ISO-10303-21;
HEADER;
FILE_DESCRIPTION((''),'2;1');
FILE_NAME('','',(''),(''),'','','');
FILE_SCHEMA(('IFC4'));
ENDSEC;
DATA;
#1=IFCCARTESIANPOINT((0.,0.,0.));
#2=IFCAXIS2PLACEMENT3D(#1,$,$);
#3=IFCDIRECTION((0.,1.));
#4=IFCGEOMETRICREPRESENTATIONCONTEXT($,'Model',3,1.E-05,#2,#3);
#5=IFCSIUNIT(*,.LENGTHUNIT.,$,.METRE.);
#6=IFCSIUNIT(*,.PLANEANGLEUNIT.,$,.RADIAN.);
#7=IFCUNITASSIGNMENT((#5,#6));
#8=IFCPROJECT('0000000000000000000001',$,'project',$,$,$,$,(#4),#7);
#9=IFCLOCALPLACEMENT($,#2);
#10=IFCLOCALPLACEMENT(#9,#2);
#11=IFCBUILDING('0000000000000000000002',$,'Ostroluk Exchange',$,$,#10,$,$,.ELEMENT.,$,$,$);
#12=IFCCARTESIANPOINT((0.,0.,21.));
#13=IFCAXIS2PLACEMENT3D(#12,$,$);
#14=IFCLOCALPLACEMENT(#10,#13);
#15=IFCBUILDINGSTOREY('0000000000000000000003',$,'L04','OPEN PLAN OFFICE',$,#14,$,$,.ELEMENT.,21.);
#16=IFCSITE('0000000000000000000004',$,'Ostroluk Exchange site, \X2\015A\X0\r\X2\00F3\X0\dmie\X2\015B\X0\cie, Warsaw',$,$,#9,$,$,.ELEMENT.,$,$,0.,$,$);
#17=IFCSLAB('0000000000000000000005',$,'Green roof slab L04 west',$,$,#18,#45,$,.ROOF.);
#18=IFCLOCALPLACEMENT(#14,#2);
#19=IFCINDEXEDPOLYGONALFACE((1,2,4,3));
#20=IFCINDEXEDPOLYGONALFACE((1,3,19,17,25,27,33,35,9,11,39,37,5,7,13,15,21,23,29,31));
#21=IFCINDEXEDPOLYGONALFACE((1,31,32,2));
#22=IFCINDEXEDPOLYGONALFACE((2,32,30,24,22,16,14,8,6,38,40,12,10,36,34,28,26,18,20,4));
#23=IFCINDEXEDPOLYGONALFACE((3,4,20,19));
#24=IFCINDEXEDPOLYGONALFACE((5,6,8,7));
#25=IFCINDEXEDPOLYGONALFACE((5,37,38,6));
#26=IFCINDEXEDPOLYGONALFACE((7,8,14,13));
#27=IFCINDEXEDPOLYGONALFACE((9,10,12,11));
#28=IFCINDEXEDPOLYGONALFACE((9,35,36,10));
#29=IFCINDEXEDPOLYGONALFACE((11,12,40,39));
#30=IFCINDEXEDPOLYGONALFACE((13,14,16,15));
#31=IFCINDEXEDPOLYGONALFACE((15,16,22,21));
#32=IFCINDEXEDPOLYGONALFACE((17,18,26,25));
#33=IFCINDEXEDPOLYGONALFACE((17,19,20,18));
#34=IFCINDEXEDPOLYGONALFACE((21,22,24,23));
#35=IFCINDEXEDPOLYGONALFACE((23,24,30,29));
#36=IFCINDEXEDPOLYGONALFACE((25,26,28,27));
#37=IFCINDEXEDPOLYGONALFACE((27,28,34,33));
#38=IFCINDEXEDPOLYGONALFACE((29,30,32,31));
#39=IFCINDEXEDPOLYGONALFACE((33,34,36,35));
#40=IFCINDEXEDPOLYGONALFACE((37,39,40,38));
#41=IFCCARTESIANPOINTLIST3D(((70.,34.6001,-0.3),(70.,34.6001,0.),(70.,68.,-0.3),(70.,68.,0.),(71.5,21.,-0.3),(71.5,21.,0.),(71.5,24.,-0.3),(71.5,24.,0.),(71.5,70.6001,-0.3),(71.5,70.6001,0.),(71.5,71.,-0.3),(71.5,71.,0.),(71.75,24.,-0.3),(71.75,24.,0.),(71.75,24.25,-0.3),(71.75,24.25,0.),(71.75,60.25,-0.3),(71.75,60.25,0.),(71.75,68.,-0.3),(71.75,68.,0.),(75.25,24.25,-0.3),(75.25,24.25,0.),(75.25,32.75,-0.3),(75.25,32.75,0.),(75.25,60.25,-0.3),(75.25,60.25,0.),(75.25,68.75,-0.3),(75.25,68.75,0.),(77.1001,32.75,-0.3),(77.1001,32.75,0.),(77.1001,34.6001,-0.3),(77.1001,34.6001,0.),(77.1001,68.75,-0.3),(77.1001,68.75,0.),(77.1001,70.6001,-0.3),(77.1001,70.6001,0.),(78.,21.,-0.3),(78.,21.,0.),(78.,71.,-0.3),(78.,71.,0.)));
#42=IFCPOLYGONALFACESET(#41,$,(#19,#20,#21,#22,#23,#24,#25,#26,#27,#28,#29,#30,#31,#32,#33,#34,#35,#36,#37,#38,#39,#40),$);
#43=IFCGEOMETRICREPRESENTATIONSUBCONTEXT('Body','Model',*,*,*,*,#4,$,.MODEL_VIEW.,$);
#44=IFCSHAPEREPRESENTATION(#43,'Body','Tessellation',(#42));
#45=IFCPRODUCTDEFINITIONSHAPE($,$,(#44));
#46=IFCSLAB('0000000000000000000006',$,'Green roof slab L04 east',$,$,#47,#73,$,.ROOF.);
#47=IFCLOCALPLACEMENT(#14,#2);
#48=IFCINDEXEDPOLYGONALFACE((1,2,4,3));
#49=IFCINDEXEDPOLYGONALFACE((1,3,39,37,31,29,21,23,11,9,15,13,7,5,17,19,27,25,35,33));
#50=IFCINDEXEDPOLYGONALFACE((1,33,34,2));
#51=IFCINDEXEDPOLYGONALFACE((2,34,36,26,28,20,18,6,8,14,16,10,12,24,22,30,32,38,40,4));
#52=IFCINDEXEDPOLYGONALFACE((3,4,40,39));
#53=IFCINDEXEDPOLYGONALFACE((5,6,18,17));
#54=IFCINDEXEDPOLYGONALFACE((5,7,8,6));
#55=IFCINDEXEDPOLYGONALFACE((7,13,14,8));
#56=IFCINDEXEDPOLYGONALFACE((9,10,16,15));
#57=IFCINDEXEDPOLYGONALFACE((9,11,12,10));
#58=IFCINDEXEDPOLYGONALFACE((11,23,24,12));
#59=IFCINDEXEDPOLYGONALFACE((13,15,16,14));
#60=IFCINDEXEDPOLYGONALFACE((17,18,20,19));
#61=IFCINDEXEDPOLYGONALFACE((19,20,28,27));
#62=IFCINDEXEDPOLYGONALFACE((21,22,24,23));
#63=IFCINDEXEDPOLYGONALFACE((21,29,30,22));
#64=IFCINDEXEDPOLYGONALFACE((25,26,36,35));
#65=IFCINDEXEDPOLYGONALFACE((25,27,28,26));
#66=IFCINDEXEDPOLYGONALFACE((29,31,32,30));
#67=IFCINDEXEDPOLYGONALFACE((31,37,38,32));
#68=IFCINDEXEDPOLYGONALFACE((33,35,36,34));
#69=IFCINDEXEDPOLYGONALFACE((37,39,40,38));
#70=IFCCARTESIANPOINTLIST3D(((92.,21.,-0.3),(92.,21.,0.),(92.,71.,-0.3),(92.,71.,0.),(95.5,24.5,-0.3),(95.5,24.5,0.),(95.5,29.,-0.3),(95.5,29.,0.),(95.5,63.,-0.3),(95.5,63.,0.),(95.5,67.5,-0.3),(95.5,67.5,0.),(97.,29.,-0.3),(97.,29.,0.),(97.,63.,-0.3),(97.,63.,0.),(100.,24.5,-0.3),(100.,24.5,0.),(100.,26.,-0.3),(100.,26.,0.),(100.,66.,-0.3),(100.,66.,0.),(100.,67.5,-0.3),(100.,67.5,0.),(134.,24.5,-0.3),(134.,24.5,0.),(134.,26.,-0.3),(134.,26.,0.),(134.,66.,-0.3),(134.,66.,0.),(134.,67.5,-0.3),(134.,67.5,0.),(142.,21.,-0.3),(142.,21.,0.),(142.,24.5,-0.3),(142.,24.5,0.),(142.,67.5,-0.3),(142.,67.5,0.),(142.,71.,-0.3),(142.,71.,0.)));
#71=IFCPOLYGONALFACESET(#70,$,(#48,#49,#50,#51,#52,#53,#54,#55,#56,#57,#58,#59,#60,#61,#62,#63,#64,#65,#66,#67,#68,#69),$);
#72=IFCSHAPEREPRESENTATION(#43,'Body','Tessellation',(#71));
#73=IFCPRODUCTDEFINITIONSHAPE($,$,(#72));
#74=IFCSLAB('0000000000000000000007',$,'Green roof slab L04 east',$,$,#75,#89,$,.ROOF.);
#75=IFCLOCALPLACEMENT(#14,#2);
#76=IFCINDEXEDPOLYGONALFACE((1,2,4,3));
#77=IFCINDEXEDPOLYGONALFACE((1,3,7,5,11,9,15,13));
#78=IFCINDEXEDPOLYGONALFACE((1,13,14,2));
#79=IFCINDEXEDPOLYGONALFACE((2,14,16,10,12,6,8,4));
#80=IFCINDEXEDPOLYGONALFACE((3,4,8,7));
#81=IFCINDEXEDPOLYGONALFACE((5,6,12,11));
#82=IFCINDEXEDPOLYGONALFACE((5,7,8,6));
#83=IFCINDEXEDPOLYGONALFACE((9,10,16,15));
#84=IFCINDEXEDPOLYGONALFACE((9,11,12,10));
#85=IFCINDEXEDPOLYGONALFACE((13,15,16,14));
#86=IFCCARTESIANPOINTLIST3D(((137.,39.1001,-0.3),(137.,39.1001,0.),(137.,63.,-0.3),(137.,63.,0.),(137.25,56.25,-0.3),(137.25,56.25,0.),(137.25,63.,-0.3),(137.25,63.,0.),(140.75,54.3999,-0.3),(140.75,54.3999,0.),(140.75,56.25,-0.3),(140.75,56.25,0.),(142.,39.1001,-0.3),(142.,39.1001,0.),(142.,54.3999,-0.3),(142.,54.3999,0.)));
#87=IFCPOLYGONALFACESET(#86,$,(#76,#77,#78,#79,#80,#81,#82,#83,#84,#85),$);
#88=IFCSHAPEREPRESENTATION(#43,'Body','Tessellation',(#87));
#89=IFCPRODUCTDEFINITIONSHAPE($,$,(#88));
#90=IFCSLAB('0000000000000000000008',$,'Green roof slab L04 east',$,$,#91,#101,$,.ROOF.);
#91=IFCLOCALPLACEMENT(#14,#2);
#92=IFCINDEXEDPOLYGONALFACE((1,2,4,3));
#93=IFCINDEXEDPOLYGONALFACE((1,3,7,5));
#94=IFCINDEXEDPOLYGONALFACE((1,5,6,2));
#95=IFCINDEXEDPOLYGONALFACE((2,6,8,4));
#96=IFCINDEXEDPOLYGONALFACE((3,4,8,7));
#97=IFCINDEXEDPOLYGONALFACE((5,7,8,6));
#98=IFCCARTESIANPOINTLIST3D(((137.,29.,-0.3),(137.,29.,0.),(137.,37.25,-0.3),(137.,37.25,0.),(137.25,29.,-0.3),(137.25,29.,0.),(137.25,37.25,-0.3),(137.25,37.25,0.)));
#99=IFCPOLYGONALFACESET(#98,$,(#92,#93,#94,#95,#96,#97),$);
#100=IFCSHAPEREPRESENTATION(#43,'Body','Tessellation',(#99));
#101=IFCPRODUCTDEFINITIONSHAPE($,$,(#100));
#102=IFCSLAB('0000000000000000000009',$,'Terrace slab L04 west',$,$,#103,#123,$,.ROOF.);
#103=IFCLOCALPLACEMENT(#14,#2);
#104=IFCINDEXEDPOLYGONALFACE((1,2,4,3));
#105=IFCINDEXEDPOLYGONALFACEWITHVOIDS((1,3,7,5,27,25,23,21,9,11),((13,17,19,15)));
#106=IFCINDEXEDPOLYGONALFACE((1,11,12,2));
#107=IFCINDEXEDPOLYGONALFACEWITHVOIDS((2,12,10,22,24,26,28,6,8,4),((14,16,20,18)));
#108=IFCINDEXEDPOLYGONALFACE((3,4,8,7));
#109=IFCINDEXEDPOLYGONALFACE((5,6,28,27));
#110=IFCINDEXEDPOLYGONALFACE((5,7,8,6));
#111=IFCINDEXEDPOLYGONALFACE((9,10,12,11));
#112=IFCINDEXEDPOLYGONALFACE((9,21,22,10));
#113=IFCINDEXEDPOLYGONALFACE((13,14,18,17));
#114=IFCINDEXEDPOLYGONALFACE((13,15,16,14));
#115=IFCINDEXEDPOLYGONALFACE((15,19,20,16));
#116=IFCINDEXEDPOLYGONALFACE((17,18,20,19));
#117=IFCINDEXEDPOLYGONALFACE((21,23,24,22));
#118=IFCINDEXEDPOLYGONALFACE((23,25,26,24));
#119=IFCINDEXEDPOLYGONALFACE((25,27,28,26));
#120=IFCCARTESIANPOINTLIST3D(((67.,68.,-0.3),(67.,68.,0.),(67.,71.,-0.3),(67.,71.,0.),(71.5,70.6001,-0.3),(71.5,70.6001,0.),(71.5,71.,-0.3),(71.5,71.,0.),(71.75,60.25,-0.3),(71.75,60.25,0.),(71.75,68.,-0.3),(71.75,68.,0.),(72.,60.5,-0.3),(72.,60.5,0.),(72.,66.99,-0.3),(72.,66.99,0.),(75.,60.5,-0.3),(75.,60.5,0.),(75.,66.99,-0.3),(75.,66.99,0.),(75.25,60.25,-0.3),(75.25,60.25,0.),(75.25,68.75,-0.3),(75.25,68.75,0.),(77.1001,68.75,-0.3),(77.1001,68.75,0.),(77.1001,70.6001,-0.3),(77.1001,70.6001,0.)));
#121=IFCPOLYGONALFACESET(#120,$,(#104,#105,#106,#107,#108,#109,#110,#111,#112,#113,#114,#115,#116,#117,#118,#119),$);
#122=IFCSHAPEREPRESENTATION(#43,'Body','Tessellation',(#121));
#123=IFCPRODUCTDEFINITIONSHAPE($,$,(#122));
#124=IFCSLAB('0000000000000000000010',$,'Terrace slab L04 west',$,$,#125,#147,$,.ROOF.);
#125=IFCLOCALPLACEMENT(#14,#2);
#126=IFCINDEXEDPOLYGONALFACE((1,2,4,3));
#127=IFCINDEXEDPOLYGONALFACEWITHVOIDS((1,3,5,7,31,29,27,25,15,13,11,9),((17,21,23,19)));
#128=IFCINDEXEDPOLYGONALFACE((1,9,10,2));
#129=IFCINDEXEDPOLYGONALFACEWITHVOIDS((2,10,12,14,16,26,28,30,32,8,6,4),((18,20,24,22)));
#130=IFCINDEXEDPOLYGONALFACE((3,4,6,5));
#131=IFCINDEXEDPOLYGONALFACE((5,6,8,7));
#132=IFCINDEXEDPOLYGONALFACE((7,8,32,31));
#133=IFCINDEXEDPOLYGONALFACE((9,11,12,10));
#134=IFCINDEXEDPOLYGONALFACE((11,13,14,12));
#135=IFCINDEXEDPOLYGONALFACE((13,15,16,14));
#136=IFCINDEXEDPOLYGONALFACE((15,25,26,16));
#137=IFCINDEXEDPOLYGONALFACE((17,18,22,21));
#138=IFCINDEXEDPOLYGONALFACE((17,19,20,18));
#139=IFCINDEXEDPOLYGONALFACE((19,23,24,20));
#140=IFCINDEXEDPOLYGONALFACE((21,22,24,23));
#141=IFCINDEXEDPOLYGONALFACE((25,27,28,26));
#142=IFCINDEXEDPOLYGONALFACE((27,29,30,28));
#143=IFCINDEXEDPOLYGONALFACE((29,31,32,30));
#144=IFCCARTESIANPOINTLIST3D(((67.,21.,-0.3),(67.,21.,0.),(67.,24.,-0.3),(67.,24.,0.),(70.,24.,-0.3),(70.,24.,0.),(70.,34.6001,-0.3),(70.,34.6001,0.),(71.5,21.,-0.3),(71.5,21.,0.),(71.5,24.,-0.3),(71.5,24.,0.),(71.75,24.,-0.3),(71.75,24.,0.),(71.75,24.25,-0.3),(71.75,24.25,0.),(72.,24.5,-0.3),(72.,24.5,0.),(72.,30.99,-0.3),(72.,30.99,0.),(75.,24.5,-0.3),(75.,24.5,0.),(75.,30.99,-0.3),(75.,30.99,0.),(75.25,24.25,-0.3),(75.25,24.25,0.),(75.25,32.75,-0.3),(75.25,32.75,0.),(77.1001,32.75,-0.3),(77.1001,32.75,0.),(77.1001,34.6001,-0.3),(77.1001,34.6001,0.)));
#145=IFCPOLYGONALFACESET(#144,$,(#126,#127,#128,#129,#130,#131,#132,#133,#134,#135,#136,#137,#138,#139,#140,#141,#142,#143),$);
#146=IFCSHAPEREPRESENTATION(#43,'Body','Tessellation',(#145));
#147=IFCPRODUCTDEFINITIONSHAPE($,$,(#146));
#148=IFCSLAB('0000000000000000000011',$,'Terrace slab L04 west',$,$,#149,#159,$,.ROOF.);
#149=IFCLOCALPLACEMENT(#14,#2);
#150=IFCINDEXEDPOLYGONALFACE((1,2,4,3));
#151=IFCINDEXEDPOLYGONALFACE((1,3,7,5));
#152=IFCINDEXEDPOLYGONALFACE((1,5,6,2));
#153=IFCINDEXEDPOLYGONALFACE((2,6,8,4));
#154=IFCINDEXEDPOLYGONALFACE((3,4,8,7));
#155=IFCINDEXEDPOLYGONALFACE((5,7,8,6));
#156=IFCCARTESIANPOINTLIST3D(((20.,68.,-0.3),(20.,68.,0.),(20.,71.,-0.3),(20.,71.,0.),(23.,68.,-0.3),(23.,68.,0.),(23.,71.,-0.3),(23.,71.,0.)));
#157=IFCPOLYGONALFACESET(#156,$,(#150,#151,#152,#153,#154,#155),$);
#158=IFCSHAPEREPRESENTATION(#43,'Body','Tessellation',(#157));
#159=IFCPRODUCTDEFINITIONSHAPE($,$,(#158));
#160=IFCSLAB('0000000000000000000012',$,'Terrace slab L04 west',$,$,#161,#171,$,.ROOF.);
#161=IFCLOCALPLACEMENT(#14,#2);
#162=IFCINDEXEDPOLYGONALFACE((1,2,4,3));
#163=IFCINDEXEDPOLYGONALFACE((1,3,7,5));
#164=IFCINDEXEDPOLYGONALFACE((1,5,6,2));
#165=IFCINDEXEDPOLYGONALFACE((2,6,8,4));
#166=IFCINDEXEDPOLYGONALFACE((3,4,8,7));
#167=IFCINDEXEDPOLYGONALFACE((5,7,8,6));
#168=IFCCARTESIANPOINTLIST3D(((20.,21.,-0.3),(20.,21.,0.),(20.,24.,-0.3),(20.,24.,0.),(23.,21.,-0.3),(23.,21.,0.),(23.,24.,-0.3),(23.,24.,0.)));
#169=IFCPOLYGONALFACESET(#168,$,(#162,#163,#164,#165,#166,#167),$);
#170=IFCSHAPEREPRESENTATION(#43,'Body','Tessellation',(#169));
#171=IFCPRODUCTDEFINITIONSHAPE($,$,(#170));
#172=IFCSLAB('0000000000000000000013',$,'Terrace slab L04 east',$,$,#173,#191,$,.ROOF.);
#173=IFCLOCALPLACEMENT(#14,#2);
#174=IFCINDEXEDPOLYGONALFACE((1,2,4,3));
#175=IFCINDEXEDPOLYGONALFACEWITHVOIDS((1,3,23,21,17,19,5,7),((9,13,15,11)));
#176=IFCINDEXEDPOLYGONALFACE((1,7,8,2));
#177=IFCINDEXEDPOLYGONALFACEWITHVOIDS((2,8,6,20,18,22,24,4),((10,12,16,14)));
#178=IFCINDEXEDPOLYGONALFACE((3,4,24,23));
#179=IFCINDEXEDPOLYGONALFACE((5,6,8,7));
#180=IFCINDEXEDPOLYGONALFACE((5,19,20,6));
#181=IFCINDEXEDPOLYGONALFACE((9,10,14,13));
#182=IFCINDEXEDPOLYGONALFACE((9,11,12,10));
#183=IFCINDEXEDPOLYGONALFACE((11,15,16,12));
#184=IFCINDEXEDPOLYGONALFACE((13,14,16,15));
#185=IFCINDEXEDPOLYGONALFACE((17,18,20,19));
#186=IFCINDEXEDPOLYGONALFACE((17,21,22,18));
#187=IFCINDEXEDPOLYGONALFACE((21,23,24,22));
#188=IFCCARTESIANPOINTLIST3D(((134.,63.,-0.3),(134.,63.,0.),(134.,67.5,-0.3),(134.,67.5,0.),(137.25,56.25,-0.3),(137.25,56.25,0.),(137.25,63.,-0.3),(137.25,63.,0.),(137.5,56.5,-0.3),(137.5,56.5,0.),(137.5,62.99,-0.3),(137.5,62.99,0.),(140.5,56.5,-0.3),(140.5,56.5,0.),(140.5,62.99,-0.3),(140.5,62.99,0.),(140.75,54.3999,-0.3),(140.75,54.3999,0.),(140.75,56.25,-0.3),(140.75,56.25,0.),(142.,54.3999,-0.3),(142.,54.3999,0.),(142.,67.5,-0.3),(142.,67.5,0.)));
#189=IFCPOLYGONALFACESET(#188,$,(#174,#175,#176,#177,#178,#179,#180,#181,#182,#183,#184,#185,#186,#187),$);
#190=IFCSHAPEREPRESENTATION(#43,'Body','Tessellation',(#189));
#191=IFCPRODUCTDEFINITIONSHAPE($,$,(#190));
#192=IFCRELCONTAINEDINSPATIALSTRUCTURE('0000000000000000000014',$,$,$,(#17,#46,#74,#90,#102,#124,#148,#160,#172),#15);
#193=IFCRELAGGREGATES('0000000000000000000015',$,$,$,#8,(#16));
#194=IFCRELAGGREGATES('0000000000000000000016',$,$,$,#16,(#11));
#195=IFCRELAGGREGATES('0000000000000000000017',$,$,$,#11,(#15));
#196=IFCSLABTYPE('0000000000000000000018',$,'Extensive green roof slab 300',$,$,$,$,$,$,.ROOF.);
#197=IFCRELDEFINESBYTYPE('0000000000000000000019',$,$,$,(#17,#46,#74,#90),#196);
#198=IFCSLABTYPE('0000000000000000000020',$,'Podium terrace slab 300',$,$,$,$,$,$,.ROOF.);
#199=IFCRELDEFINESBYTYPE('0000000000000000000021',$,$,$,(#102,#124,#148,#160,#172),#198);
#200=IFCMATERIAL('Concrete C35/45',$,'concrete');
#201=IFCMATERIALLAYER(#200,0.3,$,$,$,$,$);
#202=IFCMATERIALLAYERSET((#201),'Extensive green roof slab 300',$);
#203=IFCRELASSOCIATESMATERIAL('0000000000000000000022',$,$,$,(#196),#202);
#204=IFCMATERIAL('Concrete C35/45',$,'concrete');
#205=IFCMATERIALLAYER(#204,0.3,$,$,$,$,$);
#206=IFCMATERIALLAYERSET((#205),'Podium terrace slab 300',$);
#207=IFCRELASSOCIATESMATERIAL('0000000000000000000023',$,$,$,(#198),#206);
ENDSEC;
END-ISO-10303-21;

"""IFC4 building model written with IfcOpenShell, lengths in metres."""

from ifc_helpers import new_model, si_unit, direction, frame, origin, place, context, subcontext, project, spatial, polyline, outline, extrude, material, layer, layer_set, type_object, element, save


model = new_model("IFC4")

# Units and contexts
model_context = context("Model", 3, precision=1e-05, world=origin(), true_north=direction((0.0, 1.0)))
body_context = subcontext(model_context, "Body", "Model", "MODEL_VIEW")
ifc_project = project(units=[si_unit("LENGTHUNIT", "METRE"), si_unit("PLANEANGLEUNIT", "RADIAN")], contexts=[model_context])

# Site, building, storey
site_placement = place(None, origin())
site = spatial("IfcSite", under=ifc_project, at=site_placement, Name="Ostroluk Exchange site, Śródmieście, Warsaw", CompositionType="ELEMENT", RefElevation=0.0)
building_placement = place(site_placement, origin())
building = spatial("IfcBuilding", under=site, at=building_placement, Name="Ostroluk Exchange", CompositionType="ELEMENT")
storey_placement = place(building_placement, frame((0.0, 0.0, 21.0)))
storey = spatial("IfcBuildingStorey", under=building, at=storey_placement, Name="L04", Description="OPEN PLAN OFFICE", CompositionType="ELEMENT", Elevation=21.0)

# Slabs
ifc_material_1 = material(Name="Concrete C35/45", Category="concrete")
ifc_layer_1 = layer(ifc_material_1, 0.3)
ifc_layer_set_1 = layer_set([ifc_layer_1], Name="Extensive green roof slab 300")
slab_type_1 = type_object("IfcSlabType", Name="Extensive green roof slab 300", PredefinedType="ROOF", material=ifc_layer_set_1)
slab_1_placement = place(storey_placement, frame((0.0, 0.0, -0.3)))
element("IfcSlab", 1, at=slab_1_placement, inside=storey, type_object=slab_type_1, Name="Green roof slab L04 west", PredefinedType="ROOF", context=body_context, shape_type="SweptSolid", body=[
    extrude(outline(polyline([(78.0, 71.0), (78.0, 21.0), (71.5, 21.0), (71.5, 24.0), (71.75, 24.0), (71.75, 24.25), (75.25, 24.25), (75.25, 32.75), (77.1001, 32.75), (77.1001, 34.6001), (70.0, 34.6001), (70.0, 68.0), (71.75, 68.0), (71.75, 60.25), (75.25, 60.25), (75.25, 68.75), (77.1001, 68.75), (77.1001, 70.6001), (71.5, 70.6001), (71.5, 71.0), (78.0, 71.0)])), origin(), (0.0, 0.0, 1.0), 0.3),
])
slab_2_placement = place(storey_placement, frame((0.0, 0.0, -0.3)))
element("IfcSlab", 2, at=slab_2_placement, inside=storey, type_object=slab_type_1, Name="Green roof slab L04 east", PredefinedType="ROOF", context=body_context, shape_type="SweptSolid", body=[
    extrude(outline(polyline([(142.0, 71.0), (142.0, 67.5), (134.0, 67.5), (134.0, 66.0), (100.0, 66.0), (100.0, 67.5), (95.5, 67.5), (95.5, 63.0), (97.0, 63.0), (97.0, 29.0), (95.5, 29.0), (95.5, 24.5), (100.0, 24.5), (100.0, 26.0), (134.0, 26.0), (134.0, 24.5), (142.0, 24.5), (142.0, 21.0), (92.0, 21.0), (92.0, 71.0), (142.0, 71.0)])), origin(), (0.0, 0.0, 1.0), 0.3),
])
slab_3_placement = place(storey_placement, frame((0.0, 0.0, -0.3)))
element("IfcSlab", 3, at=slab_3_placement, inside=storey, type_object=slab_type_1, Name="Green roof slab L04 east", PredefinedType="ROOF", context=body_context, shape_type="SweptSolid", body=[
    extrude(outline(polyline([(142.0, 39.1001), (137.0, 39.1001), (137.0, 63.0), (137.25, 63.0), (137.25, 56.25), (140.75, 56.25), (140.75, 54.3999), (142.0, 54.3999), (142.0, 39.1001)])), origin(), (0.0, 0.0, 1.0), 0.3),
])
slab_4_placement = place(storey_placement, frame((0.0, 0.0, -0.3)))
element("IfcSlab", 4, at=slab_4_placement, inside=storey, type_object=slab_type_1, Name="Green roof slab L04 east", PredefinedType="ROOF", context=body_context, shape_type="SweptSolid", body=[
    extrude(outline(polyline([(137.0, 37.25), (137.25, 37.25), (137.25, 29.0), (137.0, 29.0), (137.0, 37.25)])), origin(), (0.0, 0.0, 1.0), 0.3),
])
ifc_material_2 = material(Name="Concrete C35/45", Category="concrete")
ifc_layer_2 = layer(ifc_material_2, 0.3)
ifc_layer_set_2 = layer_set([ifc_layer_2], Name="Podium terrace slab 300")
slab_type_2 = type_object("IfcSlabType", Name="Podium terrace slab 300", PredefinedType="ROOF", material=ifc_layer_set_2)
slab_5_placement = place(storey_placement, frame((0.0, 0.0, -0.3)))
element("IfcSlab", 5, at=slab_5_placement, inside=storey, type_object=slab_type_2, Name="Terrace slab L04 west", PredefinedType="ROOF", context=body_context, shape_type="SweptSolid", body=[
    extrude(outline(polyline([(67.0, 68.0), (67.0, 71.0), (71.5, 71.0), (71.5, 70.6001), (77.1001, 70.6001), (77.1001, 68.75), (75.25, 68.75), (75.25, 60.25), (71.75, 60.25), (71.75, 68.0), (67.0, 68.0)]), holes=[polyline([(75.0, 60.5), (75.0, 66.99), (72.0, 66.99), (72.0, 60.5), (75.0, 60.5)])]), origin(), (0.0, 0.0, 1.0), 0.3),
])
slab_6_placement = place(storey_placement, frame((0.0, 0.0, -0.3)))
element("IfcSlab", 6, at=slab_6_placement, inside=storey, type_object=slab_type_2, Name="Terrace slab L04 west", PredefinedType="ROOF", context=body_context, shape_type="SweptSolid", body=[
    extrude(outline(polyline([(67.0, 21.0), (67.0, 24.0), (70.0, 24.0), (70.0, 34.6001), (77.1001, 34.6001), (77.1001, 32.75), (75.25, 32.75), (75.25, 24.25), (71.75, 24.25), (71.75, 24.0), (71.5, 24.0), (71.5, 21.0), (67.0, 21.0)]), holes=[polyline([(75.0, 30.99), (72.0, 30.99), (72.0, 24.5), (75.0, 24.5), (75.0, 30.99)])]), origin(), (0.0, 0.0, 1.0), 0.3),
])
slab_7_placement = place(storey_placement, frame((0.0, 0.0, -0.3)))
element("IfcSlab", 7, at=slab_7_placement, inside=storey, type_object=slab_type_2, Name="Terrace slab L04 west", PredefinedType="ROOF", context=body_context, shape_type="SweptSolid", body=[
    extrude(outline(polyline([(23.0, 68.0), (20.0, 68.0), (20.0, 71.0), (23.0, 71.0), (23.0, 68.0)])), origin(), (0.0, 0.0, 1.0), 0.3),
])
slab_8_placement = place(storey_placement, frame((0.0, 0.0, -0.3)))
element("IfcSlab", 8, at=slab_8_placement, inside=storey, type_object=slab_type_2, Name="Terrace slab L04 west", PredefinedType="ROOF", context=body_context, shape_type="SweptSolid", body=[
    extrude(outline(polyline([(23.0, 24.0), (23.0, 21.0), (20.0, 21.0), (20.0, 24.0), (23.0, 24.0)])), origin(), (0.0, 0.0, 1.0), 0.3),
])
slab_9_placement = place(storey_placement, frame((0.0, 0.0, -0.3)))
element("IfcSlab", 9, at=slab_9_placement, inside=storey, type_object=slab_type_2, Name="Terrace slab L04 east", PredefinedType="ROOF", context=body_context, shape_type="SweptSolid", body=[
    extrude(outline(polyline([(142.0, 67.5), (142.0, 54.3999), (140.75, 54.3999), (140.75, 56.25), (137.25, 56.25), (137.25, 63.0), (134.0, 63.0), (134.0, 67.5), (142.0, 67.5)]), holes=[polyline([(137.5, 62.99), (137.5, 56.5), (140.5, 56.5), (140.5, 62.99), (137.5, 62.99)])]), origin(), (0.0, 0.0, 1.0), 0.3),
])

save(model, "model.ifc")
